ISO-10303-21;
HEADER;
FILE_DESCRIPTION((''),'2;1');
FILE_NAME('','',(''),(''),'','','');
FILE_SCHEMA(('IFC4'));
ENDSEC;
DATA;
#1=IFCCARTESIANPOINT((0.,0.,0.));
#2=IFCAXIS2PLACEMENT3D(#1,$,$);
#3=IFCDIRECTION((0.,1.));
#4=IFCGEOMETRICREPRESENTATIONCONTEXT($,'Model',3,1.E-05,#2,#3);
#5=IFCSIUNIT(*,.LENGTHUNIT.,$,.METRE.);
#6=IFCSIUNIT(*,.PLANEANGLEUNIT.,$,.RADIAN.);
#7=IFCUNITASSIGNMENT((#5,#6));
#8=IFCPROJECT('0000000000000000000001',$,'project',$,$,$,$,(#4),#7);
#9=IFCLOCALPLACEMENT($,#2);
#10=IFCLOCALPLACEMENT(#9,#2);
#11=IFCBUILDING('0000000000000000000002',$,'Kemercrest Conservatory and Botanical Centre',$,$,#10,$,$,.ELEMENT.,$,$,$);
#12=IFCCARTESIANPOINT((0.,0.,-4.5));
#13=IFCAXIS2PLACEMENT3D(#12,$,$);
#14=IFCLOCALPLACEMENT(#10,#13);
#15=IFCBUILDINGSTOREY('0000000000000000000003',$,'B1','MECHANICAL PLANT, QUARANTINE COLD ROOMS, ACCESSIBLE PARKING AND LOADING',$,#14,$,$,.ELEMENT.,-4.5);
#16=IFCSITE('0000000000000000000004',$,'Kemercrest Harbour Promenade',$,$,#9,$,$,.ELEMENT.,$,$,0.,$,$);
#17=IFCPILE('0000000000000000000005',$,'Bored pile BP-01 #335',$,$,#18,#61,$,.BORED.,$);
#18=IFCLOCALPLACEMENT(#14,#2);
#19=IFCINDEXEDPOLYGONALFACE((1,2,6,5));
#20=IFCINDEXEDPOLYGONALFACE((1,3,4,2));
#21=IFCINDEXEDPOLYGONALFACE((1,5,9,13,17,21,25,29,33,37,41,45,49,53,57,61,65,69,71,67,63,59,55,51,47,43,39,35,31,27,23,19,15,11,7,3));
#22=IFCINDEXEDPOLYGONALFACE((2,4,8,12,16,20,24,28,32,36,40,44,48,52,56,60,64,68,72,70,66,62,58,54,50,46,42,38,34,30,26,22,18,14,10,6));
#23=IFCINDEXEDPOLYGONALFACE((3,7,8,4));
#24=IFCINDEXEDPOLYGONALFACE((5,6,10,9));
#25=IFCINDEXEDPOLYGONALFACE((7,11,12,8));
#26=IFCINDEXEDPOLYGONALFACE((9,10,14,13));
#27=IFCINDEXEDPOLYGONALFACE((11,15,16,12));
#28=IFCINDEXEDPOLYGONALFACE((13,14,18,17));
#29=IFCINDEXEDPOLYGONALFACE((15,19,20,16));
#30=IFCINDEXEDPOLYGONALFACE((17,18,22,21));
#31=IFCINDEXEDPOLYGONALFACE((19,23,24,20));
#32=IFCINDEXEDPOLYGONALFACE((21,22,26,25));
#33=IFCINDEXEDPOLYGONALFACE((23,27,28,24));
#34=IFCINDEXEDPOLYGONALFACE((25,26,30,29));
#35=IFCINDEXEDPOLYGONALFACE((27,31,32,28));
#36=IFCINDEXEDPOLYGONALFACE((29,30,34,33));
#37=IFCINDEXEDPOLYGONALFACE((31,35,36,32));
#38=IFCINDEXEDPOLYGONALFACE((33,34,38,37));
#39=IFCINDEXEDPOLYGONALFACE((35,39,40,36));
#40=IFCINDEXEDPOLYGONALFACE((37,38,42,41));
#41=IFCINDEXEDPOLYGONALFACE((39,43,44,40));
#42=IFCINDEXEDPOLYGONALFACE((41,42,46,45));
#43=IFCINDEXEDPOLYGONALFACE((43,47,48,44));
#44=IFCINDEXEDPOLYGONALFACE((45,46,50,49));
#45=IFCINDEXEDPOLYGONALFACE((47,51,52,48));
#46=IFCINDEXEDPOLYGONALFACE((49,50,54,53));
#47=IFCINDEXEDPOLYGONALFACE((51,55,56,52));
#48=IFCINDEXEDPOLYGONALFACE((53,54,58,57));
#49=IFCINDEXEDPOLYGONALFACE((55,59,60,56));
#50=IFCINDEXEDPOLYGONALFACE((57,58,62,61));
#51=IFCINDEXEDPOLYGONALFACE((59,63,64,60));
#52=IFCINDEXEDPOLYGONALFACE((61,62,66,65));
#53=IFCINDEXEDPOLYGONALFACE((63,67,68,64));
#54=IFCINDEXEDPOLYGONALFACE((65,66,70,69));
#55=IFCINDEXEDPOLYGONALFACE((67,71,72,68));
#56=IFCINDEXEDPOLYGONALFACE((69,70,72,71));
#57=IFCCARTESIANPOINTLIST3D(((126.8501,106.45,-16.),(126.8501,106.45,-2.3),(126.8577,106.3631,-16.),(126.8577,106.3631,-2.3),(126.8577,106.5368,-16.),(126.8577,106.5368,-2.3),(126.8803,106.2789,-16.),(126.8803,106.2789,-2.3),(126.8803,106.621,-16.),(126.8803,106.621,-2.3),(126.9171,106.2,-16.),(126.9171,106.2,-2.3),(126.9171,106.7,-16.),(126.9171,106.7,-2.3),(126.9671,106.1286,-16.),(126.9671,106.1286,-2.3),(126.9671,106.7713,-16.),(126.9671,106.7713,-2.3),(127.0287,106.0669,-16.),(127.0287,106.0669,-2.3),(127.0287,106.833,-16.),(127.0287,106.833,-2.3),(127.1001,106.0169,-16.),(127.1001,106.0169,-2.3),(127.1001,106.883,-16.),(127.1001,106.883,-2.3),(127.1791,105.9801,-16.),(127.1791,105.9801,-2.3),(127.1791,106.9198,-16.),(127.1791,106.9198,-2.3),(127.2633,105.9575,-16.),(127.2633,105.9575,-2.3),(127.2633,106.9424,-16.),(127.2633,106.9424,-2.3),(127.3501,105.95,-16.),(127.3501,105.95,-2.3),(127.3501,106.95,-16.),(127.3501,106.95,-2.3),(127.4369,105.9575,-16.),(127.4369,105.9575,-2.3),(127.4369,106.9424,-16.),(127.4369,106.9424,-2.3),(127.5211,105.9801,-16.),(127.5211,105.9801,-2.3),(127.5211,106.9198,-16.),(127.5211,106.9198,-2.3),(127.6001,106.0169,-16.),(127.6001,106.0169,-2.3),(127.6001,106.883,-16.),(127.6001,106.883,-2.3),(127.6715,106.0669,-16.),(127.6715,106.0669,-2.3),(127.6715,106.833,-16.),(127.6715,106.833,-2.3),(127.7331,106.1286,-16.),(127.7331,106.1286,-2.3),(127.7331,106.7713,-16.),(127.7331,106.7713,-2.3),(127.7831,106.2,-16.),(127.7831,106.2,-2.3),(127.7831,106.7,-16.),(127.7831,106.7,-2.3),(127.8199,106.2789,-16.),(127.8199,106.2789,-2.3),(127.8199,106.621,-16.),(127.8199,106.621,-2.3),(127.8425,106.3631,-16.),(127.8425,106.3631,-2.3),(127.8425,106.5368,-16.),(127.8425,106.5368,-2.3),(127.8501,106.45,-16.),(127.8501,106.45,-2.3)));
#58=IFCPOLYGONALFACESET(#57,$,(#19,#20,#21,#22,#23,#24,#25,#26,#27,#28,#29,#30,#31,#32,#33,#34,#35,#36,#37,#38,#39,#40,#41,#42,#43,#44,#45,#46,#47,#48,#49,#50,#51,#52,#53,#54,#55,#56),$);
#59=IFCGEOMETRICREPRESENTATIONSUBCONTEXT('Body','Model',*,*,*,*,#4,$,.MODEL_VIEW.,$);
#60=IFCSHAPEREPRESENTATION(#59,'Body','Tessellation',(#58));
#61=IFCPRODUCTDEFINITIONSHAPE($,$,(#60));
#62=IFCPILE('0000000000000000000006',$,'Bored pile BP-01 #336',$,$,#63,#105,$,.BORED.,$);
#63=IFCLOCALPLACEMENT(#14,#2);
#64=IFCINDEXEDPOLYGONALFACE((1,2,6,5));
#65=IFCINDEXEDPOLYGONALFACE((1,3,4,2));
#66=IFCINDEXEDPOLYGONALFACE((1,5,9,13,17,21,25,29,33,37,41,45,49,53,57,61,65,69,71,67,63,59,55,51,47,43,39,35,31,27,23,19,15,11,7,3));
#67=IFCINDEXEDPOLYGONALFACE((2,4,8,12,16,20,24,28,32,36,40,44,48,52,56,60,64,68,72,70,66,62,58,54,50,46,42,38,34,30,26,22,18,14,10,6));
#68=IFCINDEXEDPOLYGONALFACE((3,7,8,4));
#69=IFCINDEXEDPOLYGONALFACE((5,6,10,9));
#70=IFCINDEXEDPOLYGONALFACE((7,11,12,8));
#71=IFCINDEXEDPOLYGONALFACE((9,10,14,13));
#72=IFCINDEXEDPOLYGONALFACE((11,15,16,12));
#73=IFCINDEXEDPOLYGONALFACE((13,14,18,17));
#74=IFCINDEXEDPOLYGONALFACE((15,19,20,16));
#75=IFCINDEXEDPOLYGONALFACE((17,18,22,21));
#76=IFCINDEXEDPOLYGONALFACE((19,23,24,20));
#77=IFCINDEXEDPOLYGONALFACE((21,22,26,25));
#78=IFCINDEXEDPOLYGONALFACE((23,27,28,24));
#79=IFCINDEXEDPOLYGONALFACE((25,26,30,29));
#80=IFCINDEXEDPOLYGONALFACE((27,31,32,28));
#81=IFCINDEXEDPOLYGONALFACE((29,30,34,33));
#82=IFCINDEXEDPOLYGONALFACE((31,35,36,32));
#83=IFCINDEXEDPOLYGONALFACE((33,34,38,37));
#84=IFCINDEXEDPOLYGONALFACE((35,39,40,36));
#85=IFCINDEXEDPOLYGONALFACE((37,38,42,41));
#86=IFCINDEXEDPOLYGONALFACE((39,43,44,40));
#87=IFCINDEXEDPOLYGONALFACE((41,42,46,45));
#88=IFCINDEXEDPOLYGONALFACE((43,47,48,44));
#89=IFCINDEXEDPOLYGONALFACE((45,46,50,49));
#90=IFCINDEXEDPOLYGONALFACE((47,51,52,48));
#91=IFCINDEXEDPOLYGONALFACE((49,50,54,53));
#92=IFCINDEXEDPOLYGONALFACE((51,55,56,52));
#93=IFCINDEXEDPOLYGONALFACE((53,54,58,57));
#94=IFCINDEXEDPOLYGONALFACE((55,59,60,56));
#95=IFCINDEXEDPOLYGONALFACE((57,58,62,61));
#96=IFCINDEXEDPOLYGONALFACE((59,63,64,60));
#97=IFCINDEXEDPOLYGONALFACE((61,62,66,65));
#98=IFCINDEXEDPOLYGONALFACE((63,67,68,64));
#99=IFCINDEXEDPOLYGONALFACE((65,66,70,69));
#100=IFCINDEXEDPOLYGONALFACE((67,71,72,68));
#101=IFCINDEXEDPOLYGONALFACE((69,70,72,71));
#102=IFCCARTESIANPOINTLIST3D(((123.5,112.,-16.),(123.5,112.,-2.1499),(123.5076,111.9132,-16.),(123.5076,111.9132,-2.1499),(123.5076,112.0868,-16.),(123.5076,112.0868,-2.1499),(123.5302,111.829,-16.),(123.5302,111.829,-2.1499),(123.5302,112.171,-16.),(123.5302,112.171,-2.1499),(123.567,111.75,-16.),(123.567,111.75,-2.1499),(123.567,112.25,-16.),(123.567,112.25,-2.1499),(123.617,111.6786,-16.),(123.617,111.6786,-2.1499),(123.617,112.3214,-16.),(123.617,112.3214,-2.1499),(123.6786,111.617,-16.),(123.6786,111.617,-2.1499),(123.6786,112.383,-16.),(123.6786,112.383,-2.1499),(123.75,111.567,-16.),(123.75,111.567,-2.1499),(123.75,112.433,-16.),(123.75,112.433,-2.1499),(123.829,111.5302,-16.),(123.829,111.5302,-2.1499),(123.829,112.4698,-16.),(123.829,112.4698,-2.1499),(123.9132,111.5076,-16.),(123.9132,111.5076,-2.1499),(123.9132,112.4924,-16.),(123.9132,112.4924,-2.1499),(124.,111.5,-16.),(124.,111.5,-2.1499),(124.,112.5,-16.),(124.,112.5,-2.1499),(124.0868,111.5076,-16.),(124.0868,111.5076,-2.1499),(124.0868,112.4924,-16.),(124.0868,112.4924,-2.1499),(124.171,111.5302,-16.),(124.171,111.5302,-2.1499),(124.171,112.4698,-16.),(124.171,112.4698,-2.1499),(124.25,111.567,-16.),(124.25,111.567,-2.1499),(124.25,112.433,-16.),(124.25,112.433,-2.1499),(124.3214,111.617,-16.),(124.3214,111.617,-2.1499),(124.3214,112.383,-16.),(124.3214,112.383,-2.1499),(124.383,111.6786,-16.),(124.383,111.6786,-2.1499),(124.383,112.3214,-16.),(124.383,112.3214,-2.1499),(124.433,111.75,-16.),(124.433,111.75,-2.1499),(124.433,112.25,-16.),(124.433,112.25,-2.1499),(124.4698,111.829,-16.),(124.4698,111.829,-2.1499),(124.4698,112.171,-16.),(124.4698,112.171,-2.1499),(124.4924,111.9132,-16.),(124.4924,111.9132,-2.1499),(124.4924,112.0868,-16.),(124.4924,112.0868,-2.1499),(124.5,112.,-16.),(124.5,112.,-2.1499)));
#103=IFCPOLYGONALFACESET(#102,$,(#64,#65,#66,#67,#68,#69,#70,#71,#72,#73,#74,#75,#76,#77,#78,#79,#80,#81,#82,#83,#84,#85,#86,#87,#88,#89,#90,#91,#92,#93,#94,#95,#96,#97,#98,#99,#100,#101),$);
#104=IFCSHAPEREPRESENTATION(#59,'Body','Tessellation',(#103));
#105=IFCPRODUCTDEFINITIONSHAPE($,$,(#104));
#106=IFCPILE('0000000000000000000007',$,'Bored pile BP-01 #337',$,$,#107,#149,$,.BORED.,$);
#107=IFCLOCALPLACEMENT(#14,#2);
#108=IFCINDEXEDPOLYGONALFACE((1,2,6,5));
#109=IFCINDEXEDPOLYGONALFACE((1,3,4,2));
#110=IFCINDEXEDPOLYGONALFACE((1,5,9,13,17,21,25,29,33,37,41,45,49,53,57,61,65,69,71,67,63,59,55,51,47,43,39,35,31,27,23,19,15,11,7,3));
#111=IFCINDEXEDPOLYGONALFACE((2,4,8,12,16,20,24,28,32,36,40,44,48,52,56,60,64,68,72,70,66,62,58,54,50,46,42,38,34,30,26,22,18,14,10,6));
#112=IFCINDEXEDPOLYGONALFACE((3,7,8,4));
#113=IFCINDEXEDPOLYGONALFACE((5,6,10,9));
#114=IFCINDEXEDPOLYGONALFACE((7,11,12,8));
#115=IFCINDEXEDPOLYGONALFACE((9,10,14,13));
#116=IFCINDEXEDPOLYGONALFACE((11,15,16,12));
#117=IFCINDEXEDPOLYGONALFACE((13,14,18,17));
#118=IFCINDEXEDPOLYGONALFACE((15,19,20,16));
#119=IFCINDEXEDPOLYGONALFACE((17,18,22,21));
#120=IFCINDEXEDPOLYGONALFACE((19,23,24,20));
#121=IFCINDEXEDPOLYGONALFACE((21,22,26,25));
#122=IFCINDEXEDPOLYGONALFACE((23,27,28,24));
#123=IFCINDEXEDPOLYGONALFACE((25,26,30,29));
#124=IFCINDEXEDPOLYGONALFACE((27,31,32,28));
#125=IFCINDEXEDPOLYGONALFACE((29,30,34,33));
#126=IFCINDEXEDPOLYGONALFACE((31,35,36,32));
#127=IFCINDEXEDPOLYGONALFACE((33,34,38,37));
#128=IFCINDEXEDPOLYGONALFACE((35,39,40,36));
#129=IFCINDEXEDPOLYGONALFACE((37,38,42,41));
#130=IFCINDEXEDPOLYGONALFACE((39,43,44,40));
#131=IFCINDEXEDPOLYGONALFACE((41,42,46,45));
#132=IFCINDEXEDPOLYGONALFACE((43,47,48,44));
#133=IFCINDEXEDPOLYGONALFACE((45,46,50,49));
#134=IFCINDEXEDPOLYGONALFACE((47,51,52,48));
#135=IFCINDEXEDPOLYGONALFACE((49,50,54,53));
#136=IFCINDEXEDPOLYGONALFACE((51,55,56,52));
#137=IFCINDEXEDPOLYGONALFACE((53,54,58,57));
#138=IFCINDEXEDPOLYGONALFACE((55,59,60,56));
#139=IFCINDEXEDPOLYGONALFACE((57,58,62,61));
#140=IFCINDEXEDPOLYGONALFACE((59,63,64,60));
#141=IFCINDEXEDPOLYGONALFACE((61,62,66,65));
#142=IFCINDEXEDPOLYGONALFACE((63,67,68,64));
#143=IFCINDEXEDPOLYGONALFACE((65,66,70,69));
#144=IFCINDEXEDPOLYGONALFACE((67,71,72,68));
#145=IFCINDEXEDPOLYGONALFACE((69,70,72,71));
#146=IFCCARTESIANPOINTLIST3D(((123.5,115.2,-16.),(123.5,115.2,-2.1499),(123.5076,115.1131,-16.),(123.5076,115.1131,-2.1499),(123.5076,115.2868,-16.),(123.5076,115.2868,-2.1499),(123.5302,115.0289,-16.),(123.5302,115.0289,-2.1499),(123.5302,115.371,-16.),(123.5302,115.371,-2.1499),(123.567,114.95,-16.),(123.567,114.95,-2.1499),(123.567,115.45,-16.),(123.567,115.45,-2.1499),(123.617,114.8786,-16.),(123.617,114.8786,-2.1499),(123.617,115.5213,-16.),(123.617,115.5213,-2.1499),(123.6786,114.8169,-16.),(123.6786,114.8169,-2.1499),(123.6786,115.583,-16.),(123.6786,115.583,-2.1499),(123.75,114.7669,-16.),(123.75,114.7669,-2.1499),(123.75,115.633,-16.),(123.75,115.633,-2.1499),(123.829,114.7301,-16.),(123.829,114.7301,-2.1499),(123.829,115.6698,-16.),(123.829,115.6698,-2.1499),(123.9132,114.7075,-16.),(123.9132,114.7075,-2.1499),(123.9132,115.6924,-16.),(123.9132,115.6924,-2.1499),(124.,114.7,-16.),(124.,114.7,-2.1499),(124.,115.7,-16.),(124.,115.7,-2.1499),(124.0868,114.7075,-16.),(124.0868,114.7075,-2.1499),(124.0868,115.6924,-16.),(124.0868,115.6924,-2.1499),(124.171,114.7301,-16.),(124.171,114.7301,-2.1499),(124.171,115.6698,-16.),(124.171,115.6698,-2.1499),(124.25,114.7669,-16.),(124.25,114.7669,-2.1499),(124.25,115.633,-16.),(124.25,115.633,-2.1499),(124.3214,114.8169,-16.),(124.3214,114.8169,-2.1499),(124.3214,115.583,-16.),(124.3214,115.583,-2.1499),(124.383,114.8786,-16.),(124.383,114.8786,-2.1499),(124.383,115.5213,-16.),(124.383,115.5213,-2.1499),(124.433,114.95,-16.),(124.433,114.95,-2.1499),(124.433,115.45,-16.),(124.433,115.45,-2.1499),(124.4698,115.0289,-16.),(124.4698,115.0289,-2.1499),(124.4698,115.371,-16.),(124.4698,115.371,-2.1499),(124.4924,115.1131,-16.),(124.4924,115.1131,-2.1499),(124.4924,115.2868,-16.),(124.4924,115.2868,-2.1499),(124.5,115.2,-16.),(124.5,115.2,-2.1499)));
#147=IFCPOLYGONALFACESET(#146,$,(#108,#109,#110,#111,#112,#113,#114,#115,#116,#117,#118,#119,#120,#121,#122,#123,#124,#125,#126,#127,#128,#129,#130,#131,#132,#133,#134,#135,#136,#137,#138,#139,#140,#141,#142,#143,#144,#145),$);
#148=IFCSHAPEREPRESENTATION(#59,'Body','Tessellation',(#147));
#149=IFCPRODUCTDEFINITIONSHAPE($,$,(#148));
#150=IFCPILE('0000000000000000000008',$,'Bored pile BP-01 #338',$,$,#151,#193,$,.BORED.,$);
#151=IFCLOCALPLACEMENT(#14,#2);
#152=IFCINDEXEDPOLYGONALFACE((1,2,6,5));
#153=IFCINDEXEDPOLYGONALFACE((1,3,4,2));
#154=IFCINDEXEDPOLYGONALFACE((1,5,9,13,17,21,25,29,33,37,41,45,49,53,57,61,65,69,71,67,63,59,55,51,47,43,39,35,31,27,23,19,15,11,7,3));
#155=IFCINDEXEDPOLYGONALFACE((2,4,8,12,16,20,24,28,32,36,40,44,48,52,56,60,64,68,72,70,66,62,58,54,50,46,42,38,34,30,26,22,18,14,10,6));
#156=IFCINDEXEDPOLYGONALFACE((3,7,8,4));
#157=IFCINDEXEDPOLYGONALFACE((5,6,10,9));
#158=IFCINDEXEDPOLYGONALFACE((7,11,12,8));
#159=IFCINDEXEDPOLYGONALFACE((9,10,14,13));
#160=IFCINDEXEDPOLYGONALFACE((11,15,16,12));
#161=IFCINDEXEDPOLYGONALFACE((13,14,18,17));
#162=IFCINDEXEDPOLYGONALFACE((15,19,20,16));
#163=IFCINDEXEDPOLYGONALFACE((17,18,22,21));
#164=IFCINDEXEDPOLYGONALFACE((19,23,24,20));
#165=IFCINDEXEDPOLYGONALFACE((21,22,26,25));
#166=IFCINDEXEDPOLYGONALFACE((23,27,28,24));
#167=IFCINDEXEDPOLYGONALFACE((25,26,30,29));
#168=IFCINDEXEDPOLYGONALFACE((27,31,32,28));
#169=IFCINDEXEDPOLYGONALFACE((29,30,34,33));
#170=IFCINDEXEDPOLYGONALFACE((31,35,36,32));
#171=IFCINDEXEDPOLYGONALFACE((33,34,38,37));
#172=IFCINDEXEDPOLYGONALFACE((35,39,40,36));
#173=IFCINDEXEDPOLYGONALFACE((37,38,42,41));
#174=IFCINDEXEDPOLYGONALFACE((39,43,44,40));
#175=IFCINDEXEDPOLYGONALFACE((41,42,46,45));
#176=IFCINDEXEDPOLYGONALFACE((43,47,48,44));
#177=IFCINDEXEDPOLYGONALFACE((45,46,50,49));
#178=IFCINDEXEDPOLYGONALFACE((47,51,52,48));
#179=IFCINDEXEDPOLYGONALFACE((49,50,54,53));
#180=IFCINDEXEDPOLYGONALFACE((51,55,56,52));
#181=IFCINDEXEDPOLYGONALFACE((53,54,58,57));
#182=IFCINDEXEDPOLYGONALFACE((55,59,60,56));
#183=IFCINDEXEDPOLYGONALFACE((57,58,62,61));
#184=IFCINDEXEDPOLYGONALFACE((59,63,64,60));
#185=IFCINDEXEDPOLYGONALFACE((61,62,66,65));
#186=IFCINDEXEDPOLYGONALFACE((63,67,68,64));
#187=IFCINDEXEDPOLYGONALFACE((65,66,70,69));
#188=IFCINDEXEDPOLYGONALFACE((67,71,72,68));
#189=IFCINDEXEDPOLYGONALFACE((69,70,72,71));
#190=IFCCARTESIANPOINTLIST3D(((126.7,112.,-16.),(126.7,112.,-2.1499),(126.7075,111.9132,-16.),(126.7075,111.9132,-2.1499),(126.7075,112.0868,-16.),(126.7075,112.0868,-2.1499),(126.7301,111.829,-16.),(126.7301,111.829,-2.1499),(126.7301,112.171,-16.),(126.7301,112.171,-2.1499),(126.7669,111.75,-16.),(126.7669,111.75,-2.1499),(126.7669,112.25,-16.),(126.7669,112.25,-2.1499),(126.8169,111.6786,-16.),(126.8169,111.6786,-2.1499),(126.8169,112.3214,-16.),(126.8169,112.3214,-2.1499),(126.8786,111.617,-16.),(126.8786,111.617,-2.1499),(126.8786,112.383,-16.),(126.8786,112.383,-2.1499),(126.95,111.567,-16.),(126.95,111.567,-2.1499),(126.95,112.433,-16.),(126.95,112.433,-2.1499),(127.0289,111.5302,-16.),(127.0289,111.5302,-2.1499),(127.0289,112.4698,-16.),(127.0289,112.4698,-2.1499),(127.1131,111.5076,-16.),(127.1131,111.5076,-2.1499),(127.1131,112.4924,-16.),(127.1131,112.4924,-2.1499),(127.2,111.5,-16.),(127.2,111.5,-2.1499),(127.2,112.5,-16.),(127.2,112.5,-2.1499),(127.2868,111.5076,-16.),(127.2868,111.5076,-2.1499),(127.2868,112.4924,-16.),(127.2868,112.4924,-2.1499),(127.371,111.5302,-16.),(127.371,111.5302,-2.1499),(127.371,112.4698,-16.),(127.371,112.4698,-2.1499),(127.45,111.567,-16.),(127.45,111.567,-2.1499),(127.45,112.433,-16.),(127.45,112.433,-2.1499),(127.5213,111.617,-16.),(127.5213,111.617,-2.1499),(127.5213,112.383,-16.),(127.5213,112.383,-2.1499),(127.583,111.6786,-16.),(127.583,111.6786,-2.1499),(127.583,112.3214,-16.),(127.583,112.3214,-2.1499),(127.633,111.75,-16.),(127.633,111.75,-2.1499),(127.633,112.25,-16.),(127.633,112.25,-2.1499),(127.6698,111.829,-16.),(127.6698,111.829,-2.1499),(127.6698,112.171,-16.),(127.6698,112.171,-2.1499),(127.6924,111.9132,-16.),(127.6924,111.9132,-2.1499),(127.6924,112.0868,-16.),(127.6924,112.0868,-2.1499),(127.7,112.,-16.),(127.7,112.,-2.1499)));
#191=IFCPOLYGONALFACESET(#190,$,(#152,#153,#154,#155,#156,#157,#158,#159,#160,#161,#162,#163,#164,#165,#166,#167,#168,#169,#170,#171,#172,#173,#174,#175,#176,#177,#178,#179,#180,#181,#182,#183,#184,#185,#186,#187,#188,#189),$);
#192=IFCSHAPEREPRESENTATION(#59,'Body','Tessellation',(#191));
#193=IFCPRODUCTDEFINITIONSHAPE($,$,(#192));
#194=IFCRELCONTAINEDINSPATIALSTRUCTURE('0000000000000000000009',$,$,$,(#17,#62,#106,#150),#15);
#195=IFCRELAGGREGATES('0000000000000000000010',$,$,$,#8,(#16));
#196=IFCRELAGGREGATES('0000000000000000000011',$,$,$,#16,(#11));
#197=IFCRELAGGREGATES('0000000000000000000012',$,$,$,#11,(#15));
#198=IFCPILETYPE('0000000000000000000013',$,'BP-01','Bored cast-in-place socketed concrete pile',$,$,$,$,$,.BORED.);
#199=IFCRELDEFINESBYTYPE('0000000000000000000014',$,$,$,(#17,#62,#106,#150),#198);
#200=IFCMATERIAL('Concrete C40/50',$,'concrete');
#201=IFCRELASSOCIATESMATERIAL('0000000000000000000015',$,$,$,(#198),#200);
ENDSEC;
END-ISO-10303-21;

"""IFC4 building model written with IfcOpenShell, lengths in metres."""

from ifc_helpers import new_model, si_unit, direction, frame, origin, origin_2d, place, context, subcontext, project, spatial, circle, extrude, material, material_profile, profile_set, type_object, element, save


model = new_model("IFC4")

# Units and contexts
model_context = context("Model", 3, precision=1e-05, world=origin(), true_north=direction((0.0, 1.0)))
body_context = subcontext(model_context, "Body", "Model", "MODEL_VIEW")
ifc_project = project(units=[si_unit("LENGTHUNIT", "METRE"), si_unit("PLANEANGLEUNIT", "RADIAN")], contexts=[model_context])

# Site, building, storey
site_placement = place(None, origin())
site = spatial("IfcSite", under=ifc_project, at=site_placement, Name="Kemercrest Harbour Promenade", CompositionType="ELEMENT", RefElevation=0.0)
building_placement = place(site_placement, origin())
building = spatial("IfcBuilding", under=site, at=building_placement, Name="Kemercrest Conservatory and Botanical Centre", CompositionType="ELEMENT")
storey_placement = place(building_placement, frame((0.0, 0.0, -4.5)))
storey = spatial("IfcBuildingStorey", under=building, at=storey_placement, Name="B1", Description="MECHANICAL PLANT, QUARANTINE COLD ROOMS, ACCESSIBLE PARKING AND LOADING", CompositionType="ELEMENT", Elevation=-4.5)

# Piles
ifc_material_1 = material(Name="Concrete C40/50", Category="concrete")
ifc_material_profile_1 = material_profile(ifc_material_1, circle(Radius=0.5, at=origin_2d()), Name="BORED PILE 1000")
ifc_profile_set_1 = profile_set([ifc_material_profile_1], Name="Concrete C40/50")
pile_type = type_object("IfcPileType", Name="BP-01", Description="Bored cast-in-place socketed concrete pile", PredefinedType="BORED", material=ifc_profile_set_1)
for number, where, z_axis, x_axis, name in (
    (1, (127.3501, 106.45, -2.3), (0.0, 0.0, -1.0), (1.0, 0.0, 0.0), "Bored pile BP-01 #335"),
):
    element("IfcPile", number, at=place(storey_placement, frame(where, z_axis=z_axis, x_axis=x_axis)), inside=storey, type_object=pile_type, Name=name, PredefinedType="BORED", context=body_context, shape_type="SweptSolid", body=[
        extrude(circle(Radius=0.5, at=origin_2d()), origin(), (0.0, 0.0, 1.0), 13.7),
    ])
for number, where, z_axis, x_axis, name in (
    (2, (124.0, 112.0, -2.1499), (0.0, 0.0, -1.0), (1.0, 0.0, 0.0), "Bored pile BP-01 #336"),
    (3, (124.0, 115.2, -2.1499), (0.0, 0.0, -1.0), (1.0, 0.0, 0.0), "Bored pile BP-01 #337"),
    (4, (127.2, 112.0, -2.1499), (0.0, 0.0, -1.0), (1.0, 0.0, 0.0), "Bored pile BP-01 #338"),
):
    element("IfcPile", number, at=place(storey_placement, frame(where, z_axis=z_axis, x_axis=x_axis)), inside=storey, type_object=pile_type, Name=name, PredefinedType="BORED", context=body_context, shape_type="SweptSolid", body=[
        extrude(circle(Radius=0.5, at=origin_2d()), origin(), (0.0, 0.0, 1.0), 13.8501),
    ])

save(model, "model.ifc")
